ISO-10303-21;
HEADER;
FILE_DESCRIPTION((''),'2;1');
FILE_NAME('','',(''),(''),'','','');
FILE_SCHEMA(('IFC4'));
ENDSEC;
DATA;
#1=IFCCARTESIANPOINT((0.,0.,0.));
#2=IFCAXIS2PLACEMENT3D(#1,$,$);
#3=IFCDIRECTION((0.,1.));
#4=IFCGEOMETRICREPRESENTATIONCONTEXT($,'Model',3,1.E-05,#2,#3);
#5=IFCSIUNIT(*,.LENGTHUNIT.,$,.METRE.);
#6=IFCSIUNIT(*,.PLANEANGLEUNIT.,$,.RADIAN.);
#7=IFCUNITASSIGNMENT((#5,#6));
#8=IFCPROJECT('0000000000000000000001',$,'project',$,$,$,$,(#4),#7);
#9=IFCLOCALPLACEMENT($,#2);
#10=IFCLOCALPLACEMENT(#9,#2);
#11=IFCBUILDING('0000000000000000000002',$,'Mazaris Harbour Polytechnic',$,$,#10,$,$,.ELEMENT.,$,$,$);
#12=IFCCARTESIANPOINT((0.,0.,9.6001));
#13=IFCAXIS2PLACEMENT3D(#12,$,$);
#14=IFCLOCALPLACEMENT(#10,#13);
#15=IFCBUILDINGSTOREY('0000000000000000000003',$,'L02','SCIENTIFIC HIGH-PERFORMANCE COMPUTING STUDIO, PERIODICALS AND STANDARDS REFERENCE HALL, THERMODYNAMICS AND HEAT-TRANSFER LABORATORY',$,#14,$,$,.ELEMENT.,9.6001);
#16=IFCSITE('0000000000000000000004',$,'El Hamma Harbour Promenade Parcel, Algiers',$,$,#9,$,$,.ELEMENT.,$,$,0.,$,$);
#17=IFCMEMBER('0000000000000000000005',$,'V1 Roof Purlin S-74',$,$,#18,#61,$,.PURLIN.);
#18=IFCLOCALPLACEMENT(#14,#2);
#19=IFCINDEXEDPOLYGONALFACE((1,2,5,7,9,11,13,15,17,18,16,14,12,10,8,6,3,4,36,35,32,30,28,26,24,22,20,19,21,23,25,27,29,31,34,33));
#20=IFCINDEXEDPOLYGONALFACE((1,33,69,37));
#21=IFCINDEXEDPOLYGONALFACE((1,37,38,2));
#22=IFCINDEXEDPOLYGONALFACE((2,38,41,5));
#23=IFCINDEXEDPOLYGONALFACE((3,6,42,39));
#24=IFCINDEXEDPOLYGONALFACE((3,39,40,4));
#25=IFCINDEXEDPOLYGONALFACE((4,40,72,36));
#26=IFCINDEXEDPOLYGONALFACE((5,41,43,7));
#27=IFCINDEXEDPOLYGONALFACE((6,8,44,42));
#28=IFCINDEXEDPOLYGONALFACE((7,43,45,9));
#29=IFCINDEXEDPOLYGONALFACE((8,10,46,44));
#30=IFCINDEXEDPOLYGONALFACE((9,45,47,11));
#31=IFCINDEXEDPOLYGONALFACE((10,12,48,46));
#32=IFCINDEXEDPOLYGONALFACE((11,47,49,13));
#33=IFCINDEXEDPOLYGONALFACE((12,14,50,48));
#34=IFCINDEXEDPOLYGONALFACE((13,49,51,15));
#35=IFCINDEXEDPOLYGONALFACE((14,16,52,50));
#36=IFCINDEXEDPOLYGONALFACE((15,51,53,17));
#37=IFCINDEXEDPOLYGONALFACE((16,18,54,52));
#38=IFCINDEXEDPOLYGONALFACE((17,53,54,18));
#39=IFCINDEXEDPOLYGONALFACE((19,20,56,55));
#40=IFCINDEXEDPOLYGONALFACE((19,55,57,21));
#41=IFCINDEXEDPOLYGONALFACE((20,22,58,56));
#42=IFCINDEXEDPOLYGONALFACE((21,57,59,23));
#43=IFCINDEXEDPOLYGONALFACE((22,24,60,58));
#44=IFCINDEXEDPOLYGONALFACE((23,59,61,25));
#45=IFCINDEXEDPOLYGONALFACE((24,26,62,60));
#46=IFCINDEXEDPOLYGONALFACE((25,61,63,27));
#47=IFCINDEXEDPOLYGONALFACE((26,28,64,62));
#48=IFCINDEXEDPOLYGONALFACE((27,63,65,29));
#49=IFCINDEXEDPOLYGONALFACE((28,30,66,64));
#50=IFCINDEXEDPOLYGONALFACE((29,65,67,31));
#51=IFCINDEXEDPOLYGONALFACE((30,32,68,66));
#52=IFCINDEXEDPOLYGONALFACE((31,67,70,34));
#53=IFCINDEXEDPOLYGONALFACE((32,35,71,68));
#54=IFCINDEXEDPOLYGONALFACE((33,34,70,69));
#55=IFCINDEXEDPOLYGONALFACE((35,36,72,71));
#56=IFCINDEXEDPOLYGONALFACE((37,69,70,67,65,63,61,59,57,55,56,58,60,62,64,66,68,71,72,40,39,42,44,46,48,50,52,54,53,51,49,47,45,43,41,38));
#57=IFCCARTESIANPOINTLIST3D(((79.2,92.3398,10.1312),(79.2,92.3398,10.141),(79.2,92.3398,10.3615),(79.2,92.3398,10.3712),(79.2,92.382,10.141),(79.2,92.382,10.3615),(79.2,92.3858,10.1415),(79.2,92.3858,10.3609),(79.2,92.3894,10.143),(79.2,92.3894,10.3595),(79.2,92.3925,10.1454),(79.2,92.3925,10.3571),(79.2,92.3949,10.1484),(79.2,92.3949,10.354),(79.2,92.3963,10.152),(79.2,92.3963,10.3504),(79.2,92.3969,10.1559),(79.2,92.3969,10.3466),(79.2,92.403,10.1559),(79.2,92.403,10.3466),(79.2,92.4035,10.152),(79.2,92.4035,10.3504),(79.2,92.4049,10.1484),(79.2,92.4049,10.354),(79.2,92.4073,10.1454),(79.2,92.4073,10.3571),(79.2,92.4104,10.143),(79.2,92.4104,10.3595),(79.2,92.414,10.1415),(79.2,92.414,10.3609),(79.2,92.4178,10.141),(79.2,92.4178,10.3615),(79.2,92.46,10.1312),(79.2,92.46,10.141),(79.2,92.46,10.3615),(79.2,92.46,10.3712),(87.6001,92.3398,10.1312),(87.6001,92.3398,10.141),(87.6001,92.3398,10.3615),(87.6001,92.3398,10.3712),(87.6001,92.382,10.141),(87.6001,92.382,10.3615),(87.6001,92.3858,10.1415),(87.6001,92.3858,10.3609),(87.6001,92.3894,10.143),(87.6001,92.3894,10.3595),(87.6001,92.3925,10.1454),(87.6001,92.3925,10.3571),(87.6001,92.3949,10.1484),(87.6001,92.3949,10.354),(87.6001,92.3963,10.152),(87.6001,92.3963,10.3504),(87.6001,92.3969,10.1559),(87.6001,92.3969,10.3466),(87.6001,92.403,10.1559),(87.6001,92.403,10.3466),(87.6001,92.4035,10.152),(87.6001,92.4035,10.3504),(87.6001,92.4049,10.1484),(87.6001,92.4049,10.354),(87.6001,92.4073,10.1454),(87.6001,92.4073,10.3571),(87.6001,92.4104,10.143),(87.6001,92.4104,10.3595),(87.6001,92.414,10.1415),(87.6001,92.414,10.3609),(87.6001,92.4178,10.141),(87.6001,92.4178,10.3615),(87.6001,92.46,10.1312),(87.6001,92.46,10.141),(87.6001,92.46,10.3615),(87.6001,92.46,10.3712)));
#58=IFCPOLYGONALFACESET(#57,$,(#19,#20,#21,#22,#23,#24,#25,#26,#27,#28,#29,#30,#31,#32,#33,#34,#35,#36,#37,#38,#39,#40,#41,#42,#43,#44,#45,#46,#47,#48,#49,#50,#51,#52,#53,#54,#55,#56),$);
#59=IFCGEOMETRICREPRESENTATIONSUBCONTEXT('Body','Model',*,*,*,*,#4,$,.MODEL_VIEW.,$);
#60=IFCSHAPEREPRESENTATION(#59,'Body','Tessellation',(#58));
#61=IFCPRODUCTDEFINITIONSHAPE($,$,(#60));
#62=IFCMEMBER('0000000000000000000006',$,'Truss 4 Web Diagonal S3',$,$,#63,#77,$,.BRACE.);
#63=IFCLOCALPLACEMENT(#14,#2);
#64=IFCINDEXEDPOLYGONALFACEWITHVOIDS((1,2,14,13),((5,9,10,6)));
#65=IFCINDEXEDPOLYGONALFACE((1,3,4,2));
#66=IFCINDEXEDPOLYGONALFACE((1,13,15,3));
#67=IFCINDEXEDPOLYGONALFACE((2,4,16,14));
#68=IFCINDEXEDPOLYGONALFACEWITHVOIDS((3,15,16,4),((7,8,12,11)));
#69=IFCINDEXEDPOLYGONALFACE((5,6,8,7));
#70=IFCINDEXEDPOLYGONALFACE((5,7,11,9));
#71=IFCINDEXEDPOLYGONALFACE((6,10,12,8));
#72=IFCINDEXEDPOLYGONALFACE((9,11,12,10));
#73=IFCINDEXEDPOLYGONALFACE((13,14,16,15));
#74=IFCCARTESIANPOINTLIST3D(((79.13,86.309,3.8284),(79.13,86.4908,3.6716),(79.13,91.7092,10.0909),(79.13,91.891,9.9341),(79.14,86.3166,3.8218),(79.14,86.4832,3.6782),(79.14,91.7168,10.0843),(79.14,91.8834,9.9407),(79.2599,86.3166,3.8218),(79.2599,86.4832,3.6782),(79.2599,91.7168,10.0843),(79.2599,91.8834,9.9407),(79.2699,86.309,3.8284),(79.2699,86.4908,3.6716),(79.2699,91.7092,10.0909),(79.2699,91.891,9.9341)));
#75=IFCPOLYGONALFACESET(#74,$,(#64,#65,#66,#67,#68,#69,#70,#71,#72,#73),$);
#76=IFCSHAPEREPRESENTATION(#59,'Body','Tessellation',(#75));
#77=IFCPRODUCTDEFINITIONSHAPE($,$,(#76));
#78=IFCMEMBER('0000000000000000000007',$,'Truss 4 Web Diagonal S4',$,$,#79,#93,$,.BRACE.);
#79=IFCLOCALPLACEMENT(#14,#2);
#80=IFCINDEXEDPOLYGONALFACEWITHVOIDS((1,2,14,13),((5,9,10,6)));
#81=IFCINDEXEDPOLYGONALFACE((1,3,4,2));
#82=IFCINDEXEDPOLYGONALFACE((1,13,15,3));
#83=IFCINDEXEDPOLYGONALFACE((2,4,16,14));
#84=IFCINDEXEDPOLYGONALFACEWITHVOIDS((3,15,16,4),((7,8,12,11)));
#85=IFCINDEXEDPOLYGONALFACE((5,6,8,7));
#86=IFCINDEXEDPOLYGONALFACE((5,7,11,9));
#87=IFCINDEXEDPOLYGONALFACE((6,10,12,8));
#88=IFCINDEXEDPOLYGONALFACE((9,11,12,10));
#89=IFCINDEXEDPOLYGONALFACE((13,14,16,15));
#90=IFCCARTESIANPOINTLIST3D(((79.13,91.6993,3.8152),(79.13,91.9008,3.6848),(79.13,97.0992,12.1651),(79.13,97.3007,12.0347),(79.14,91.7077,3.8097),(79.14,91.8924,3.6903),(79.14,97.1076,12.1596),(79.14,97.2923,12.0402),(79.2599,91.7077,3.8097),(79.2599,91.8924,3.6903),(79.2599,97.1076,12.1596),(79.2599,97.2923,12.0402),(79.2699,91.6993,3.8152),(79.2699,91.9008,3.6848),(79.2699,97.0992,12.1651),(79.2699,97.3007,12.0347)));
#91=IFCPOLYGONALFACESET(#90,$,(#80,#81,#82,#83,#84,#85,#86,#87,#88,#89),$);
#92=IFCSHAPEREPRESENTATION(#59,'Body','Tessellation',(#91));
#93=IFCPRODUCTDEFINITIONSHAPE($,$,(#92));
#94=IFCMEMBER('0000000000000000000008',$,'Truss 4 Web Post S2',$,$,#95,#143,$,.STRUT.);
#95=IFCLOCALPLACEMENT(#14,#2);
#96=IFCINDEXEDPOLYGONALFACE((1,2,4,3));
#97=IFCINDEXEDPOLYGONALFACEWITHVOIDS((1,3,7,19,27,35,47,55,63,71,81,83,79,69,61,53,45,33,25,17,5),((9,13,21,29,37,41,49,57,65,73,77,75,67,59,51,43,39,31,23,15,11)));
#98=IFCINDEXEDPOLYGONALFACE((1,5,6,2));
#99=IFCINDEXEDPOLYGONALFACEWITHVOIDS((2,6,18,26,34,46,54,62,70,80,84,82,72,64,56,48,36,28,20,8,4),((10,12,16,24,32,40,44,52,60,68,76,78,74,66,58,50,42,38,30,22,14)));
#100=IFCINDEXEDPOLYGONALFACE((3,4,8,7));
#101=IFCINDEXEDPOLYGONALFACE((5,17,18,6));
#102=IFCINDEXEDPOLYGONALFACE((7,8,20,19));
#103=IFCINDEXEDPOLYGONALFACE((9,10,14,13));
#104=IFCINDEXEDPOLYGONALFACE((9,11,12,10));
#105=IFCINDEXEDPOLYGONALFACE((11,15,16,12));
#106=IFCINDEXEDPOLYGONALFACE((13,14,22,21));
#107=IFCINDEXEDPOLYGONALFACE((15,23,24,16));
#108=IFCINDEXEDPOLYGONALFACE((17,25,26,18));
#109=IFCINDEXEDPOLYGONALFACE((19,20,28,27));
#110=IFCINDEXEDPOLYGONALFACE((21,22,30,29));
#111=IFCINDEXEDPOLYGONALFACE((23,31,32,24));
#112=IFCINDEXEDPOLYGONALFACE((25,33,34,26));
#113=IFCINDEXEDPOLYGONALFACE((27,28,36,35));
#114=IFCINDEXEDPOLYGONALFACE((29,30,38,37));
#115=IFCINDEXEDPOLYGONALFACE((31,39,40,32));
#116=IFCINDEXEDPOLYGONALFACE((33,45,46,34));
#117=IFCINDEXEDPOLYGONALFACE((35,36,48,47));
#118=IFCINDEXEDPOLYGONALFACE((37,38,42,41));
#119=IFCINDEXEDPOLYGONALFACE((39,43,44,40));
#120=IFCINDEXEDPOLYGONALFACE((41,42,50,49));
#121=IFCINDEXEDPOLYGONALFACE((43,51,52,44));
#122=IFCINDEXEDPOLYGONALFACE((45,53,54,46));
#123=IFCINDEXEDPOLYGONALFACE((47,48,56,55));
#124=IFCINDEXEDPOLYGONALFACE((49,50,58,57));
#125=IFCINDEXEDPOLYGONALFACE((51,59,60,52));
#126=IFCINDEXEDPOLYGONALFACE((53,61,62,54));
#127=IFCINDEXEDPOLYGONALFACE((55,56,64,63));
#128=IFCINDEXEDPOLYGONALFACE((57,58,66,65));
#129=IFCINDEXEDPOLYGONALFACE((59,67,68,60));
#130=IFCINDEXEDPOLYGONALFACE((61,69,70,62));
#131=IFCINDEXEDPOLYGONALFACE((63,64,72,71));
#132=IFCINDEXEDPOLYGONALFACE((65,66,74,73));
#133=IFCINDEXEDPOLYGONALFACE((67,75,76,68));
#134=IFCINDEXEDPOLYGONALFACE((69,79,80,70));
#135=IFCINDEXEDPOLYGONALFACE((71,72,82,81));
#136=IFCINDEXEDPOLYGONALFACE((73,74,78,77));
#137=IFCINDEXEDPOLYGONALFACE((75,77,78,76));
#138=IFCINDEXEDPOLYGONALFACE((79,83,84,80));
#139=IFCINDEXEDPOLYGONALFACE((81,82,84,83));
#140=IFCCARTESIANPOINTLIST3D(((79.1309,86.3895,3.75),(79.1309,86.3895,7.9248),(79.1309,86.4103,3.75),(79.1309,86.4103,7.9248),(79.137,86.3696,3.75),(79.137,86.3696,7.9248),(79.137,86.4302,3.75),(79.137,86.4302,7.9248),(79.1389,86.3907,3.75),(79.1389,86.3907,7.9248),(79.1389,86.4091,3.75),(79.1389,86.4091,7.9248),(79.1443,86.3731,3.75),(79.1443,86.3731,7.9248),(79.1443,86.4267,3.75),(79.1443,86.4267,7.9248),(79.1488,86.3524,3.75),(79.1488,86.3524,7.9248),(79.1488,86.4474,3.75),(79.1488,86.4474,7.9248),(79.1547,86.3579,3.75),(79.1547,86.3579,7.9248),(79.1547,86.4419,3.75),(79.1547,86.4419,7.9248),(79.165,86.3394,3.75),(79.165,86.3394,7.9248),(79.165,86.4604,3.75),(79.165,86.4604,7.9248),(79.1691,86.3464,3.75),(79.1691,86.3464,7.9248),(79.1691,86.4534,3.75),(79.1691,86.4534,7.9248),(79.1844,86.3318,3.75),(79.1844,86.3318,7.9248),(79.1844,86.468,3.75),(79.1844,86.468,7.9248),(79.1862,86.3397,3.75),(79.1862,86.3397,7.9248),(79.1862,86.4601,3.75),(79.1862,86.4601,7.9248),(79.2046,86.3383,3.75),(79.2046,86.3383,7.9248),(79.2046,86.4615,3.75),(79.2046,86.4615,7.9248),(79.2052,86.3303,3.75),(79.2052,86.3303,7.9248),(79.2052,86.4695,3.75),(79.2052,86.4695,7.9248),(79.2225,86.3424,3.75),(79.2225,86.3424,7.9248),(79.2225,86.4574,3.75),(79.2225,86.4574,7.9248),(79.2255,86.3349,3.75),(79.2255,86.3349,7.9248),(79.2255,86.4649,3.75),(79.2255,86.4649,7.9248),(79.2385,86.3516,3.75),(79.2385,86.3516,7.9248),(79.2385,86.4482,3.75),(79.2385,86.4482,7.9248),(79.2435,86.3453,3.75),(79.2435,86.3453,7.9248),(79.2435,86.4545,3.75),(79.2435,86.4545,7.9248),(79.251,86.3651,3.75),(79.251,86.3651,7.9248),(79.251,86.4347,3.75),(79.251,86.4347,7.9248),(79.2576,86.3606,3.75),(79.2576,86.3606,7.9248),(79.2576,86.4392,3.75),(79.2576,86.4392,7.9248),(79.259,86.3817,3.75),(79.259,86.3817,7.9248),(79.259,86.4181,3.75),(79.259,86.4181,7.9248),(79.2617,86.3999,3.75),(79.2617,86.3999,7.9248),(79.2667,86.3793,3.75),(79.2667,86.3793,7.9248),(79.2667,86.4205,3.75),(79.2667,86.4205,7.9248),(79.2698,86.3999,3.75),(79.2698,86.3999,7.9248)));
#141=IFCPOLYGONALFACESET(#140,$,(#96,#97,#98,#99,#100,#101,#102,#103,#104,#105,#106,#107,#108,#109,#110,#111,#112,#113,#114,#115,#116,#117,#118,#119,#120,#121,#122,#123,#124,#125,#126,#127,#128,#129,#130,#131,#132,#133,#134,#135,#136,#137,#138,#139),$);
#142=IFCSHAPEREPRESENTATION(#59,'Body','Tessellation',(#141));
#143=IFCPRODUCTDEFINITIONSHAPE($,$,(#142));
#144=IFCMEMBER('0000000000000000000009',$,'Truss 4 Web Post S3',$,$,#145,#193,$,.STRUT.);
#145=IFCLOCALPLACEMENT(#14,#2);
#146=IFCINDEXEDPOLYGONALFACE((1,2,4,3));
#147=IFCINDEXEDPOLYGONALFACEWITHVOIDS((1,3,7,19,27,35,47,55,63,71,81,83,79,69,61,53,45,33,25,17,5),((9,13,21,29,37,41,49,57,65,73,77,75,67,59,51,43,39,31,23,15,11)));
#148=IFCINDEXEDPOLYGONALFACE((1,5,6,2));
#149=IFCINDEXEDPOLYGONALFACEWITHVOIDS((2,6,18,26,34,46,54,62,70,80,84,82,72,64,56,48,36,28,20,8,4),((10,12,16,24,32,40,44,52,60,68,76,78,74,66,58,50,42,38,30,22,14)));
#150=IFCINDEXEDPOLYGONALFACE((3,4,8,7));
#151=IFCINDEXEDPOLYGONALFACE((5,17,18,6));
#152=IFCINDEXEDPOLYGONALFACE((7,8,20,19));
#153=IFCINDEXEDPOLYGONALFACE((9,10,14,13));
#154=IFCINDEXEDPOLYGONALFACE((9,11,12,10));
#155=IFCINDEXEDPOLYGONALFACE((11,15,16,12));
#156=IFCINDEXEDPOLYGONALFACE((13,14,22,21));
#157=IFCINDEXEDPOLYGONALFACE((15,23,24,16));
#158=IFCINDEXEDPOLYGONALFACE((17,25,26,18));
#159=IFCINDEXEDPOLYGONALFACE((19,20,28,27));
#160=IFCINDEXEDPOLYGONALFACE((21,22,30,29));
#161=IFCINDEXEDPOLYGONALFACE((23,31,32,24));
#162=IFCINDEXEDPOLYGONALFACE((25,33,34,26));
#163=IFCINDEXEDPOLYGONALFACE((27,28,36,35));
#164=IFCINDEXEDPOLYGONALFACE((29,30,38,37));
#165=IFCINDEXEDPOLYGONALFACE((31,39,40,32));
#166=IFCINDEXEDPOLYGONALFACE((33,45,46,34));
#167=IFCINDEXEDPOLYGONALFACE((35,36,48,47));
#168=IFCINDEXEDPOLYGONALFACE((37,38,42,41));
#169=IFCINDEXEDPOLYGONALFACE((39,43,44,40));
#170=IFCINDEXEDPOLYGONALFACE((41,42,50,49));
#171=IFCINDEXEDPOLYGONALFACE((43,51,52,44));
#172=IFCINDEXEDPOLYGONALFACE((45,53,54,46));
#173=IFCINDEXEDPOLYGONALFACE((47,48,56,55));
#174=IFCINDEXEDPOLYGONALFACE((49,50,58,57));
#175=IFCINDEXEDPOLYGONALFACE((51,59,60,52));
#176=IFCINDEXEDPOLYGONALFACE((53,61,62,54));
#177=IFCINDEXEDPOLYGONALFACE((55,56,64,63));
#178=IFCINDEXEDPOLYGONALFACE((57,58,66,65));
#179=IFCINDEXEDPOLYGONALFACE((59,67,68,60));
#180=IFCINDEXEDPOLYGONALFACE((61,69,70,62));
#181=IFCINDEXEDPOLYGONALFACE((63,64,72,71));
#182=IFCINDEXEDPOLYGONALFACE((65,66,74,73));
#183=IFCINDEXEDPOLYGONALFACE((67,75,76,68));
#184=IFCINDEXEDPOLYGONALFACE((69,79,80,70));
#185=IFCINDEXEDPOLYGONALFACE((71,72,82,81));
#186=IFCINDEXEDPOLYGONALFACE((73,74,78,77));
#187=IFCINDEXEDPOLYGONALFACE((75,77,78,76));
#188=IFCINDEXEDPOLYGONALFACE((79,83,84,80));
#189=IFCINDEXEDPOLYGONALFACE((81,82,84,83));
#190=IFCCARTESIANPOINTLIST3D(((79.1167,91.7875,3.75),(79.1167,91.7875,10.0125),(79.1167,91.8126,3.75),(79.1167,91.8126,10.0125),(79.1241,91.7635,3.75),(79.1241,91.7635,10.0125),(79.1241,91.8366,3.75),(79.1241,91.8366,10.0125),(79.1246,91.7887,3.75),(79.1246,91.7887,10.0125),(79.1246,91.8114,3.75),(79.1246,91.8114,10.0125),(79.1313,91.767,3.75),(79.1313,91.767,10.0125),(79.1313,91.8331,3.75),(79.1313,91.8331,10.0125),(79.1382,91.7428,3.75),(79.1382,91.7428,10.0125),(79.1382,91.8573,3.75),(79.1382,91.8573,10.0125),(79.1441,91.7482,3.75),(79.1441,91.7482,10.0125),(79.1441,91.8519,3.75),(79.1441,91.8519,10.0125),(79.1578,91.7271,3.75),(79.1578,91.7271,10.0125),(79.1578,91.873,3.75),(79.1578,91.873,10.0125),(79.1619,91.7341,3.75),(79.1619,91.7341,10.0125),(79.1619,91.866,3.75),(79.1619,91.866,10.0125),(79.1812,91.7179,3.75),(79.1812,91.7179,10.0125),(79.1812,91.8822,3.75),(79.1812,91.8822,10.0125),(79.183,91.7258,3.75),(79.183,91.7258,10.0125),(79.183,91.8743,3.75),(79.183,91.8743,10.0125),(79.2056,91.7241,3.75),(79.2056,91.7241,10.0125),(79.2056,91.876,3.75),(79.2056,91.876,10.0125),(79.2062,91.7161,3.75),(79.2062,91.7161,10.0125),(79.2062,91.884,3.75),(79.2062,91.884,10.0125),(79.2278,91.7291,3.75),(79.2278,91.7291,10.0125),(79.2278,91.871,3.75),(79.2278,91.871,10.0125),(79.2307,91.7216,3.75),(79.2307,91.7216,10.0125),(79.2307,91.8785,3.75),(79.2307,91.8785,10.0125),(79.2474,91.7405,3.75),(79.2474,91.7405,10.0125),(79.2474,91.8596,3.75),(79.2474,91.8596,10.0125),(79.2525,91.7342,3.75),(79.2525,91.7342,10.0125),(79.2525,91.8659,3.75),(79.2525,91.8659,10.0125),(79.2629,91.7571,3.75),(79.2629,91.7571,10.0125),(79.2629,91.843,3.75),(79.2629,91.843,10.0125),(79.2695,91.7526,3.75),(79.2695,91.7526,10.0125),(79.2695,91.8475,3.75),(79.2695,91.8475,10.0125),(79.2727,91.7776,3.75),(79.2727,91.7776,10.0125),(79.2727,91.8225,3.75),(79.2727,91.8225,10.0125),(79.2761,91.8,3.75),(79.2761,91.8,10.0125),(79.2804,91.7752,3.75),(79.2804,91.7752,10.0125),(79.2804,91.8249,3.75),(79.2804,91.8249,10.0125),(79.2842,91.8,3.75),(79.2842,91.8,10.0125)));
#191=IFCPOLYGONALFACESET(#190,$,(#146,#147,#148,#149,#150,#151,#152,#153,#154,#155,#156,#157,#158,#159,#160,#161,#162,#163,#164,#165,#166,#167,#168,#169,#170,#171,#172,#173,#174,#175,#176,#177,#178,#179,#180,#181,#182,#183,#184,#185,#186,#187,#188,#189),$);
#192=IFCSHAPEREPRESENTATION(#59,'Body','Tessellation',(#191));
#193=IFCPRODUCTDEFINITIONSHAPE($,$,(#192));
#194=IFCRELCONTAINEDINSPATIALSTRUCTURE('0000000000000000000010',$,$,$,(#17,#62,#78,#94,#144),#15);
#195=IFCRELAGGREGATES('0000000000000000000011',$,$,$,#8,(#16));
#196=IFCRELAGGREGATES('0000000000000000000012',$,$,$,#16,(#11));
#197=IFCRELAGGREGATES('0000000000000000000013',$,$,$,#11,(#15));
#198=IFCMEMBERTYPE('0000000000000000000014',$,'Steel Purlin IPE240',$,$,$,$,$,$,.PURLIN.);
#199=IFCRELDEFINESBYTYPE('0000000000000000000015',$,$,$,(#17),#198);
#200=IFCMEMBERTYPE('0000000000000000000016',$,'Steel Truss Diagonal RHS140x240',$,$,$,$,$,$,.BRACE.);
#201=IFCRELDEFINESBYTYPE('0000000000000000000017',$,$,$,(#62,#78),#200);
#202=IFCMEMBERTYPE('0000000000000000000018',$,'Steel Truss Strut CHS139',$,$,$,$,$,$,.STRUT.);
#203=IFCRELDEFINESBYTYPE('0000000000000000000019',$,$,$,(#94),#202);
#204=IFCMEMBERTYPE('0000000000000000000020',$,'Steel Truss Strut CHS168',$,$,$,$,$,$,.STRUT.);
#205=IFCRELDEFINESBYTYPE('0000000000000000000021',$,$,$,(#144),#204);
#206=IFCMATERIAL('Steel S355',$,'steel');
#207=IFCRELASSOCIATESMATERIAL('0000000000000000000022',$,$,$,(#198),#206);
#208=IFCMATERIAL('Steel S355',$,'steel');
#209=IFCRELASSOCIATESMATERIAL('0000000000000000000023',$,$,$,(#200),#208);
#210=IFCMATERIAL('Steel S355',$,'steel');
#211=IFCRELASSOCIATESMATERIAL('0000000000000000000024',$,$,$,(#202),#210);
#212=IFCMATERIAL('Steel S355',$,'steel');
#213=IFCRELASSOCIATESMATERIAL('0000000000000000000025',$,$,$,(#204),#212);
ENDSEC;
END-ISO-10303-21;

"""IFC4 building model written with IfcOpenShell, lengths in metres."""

from ifc_helpers import new_model, si_unit, direction, frame, origin, origin_2d, place, context, subcontext, project, spatial, hollow_rectangle, hollow_circle, i_section, extrude, material, material_profile, profile_set, type_object, element, save


model = new_model("IFC4")

# Units and contexts
model_context = context("Model", 3, precision=1e-05, world=origin(), true_north=direction((0.0, 1.0)))
body_context = subcontext(model_context, "Body", "Model", "MODEL_VIEW")
ifc_project = project(units=[si_unit("LENGTHUNIT", "METRE"), si_unit("PLANEANGLEUNIT", "RADIAN")], contexts=[model_context])

# Site, building, storey
site_placement = place(None, origin())
site = spatial("IfcSite", under=ifc_project, at=site_placement, Name="El Hamma Harbour Promenade Parcel, Algiers", CompositionType="ELEMENT", RefElevation=0.0)
building_placement = place(site_placement, origin())
building = spatial("IfcBuilding", under=site, at=building_placement, Name="Mazaris Harbour Polytechnic", CompositionType="ELEMENT")
storey_placement = place(building_placement, frame((0.0, 0.0, 9.6001)))
storey = spatial("IfcBuildingStorey", under=building, at=storey_placement, Name="L02", Description="SCIENTIFIC HIGH-PERFORMANCE COMPUTING STUDIO, PERIODICALS AND STANDARDS REFERENCE HALL, THERMODYNAMICS AND HEAT-TRANSFER LABORATORY", CompositionType="ELEMENT", Elevation=9.6001)

# Members
ifc_material_1 = material(Name="Steel S355", Category="steel")
ifc_material_profile_1 = material_profile(ifc_material_1, i_section(OverallWidth=0.1201, OverallDepth=0.24, WebThickness=0.0061, FlangeThickness=0.0098, FilletRadius=0.0149, at=origin_2d()), Name="IPE 240")
ifc_profile_set_1 = profile_set([ifc_material_profile_1], Name="Steel S355")
member_type_1 = type_object("IfcMemberType", Name="Steel Purlin IPE240", PredefinedType="PURLIN", material=ifc_profile_set_1)
member_1_placement = place(storey_placement, frame((79.2, 92.3999, 10.2512), z_axis=(1.0, 0.0, 0.0), x_axis=(0.0, 1.0, 0.0)))
element("IfcMember", 1, at=member_1_placement, inside=storey, type_object=member_type_1, Name="V1 Roof Purlin S-74", PredefinedType="PURLIN", context=body_context, shape_type="SweptSolid", body=[
    extrude(i_section(OverallWidth=0.1201, OverallDepth=0.24, WebThickness=0.0061, FlangeThickness=0.0098, FilletRadius=0.0149, at=origin_2d()), origin(), (0.0, 0.0, 1.0), 8.4001),
])
ifc_material_2 = material(Name="Steel S355", Category="steel")
ifc_material_profile_2 = material_profile(ifc_material_2, hollow_rectangle(XDim=0.1399, YDim=0.24, WallThickness=0.01, at=origin_2d()), Name="RHS 140x240x10.0")
ifc_profile_set_2 = profile_set([ifc_material_profile_2], Name="Steel S355")
member_type_2 = type_object("IfcMemberType", Name="Steel Truss Diagonal RHS140x240", PredefinedType="BRACE", material=ifc_profile_set_2)
member_2_placement = place(storey_placement, frame((79.2, 86.3999, 3.75), z_axis=(0.0, 0.653042, 0.757321), x_axis=(-1.0, 0.0, 0.0)))
element("IfcMember", 2, at=member_2_placement, inside=storey, type_object=member_type_2, Name="Truss 4 Web Diagonal S3", PredefinedType="BRACE", context=body_context, shape_type="SweptSolid", body=[
    extrude(hollow_rectangle(XDim=0.1399, YDim=0.24, WallThickness=0.01, at=origin_2d()), origin(), (0.0, 0.0, 1.0), 8.2693),
])
member_3_placement = place(storey_placement, frame((79.2, 91.8, 3.75), z_axis=(0.0, 0.543043, 0.839705), x_axis=(-1.0, 0.0, 0.0)))
element("IfcMember", 3, at=member_3_placement, inside=storey, type_object=member_type_2, Name="Truss 4 Web Diagonal S4", PredefinedType="BRACE", context=body_context, shape_type="SweptSolid", body=[
    extrude(hollow_rectangle(XDim=0.1399, YDim=0.24, WallThickness=0.01, at=origin_2d()), origin(), (0.0, 0.0, 1.0), 9.9438),
])
ifc_material_3 = material(Name="Steel S355", Category="steel")
ifc_material_profile_3 = material_profile(ifc_material_3, hollow_circle(Radius=0.0698, WallThickness=0.0081, at=origin_2d()), Name="CHS 139.7x8.0")
ifc_profile_set_3 = profile_set([ifc_material_profile_3], Name="Steel S355")
member_type_3 = type_object("IfcMemberType", Name="Steel Truss Strut CHS139", PredefinedType="STRUT", material=ifc_profile_set_3)
member_4_placement = place(storey_placement, frame((79.2, 86.3999, 3.75), z_axis=(0.0, 0.0, 1.0), x_axis=(1.0, 0.0, 0.0)))
element("IfcMember", 4, at=member_4_placement, inside=storey, type_object=member_type_3, Name="Truss 4 Web Post S2", PredefinedType="STRUT", context=body_context, shape_type="SweptSolid", body=[
    extrude(hollow_circle(Radius=0.0698, WallThickness=0.0081, at=origin_2d()), origin(), (0.0, 0.0, 1.0), 4.1748),
])
ifc_material_4 = material(Name="Steel S355", Category="steel")
ifc_material_profile_4 = material_profile(ifc_material_4, hollow_circle(Radius=0.0842, WallThickness=0.0081, at=origin_2d()), Name="CHS 168.3x8.0")
ifc_profile_set_4 = profile_set([ifc_material_profile_4], Name="Steel S355")
member_type_4 = type_object("IfcMemberType", Name="Steel Truss Strut CHS168", PredefinedType="STRUT", material=ifc_profile_set_4)
member_5_placement = place(storey_placement, frame((79.2, 91.8, 3.75), z_axis=(0.0, 0.0, 1.0), x_axis=(1.0, 0.0, 0.0)))
element("IfcMember", 5, at=member_5_placement, inside=storey, type_object=member_type_4, Name="Truss 4 Web Post S3", PredefinedType="STRUT", context=body_context, shape_type="SweptSolid", body=[
    extrude(hollow_circle(Radius=0.0842, WallThickness=0.0081, at=origin_2d()), origin(), (0.0, 0.0, 1.0), 6.2625),
])

save(model, "model.ifc")
